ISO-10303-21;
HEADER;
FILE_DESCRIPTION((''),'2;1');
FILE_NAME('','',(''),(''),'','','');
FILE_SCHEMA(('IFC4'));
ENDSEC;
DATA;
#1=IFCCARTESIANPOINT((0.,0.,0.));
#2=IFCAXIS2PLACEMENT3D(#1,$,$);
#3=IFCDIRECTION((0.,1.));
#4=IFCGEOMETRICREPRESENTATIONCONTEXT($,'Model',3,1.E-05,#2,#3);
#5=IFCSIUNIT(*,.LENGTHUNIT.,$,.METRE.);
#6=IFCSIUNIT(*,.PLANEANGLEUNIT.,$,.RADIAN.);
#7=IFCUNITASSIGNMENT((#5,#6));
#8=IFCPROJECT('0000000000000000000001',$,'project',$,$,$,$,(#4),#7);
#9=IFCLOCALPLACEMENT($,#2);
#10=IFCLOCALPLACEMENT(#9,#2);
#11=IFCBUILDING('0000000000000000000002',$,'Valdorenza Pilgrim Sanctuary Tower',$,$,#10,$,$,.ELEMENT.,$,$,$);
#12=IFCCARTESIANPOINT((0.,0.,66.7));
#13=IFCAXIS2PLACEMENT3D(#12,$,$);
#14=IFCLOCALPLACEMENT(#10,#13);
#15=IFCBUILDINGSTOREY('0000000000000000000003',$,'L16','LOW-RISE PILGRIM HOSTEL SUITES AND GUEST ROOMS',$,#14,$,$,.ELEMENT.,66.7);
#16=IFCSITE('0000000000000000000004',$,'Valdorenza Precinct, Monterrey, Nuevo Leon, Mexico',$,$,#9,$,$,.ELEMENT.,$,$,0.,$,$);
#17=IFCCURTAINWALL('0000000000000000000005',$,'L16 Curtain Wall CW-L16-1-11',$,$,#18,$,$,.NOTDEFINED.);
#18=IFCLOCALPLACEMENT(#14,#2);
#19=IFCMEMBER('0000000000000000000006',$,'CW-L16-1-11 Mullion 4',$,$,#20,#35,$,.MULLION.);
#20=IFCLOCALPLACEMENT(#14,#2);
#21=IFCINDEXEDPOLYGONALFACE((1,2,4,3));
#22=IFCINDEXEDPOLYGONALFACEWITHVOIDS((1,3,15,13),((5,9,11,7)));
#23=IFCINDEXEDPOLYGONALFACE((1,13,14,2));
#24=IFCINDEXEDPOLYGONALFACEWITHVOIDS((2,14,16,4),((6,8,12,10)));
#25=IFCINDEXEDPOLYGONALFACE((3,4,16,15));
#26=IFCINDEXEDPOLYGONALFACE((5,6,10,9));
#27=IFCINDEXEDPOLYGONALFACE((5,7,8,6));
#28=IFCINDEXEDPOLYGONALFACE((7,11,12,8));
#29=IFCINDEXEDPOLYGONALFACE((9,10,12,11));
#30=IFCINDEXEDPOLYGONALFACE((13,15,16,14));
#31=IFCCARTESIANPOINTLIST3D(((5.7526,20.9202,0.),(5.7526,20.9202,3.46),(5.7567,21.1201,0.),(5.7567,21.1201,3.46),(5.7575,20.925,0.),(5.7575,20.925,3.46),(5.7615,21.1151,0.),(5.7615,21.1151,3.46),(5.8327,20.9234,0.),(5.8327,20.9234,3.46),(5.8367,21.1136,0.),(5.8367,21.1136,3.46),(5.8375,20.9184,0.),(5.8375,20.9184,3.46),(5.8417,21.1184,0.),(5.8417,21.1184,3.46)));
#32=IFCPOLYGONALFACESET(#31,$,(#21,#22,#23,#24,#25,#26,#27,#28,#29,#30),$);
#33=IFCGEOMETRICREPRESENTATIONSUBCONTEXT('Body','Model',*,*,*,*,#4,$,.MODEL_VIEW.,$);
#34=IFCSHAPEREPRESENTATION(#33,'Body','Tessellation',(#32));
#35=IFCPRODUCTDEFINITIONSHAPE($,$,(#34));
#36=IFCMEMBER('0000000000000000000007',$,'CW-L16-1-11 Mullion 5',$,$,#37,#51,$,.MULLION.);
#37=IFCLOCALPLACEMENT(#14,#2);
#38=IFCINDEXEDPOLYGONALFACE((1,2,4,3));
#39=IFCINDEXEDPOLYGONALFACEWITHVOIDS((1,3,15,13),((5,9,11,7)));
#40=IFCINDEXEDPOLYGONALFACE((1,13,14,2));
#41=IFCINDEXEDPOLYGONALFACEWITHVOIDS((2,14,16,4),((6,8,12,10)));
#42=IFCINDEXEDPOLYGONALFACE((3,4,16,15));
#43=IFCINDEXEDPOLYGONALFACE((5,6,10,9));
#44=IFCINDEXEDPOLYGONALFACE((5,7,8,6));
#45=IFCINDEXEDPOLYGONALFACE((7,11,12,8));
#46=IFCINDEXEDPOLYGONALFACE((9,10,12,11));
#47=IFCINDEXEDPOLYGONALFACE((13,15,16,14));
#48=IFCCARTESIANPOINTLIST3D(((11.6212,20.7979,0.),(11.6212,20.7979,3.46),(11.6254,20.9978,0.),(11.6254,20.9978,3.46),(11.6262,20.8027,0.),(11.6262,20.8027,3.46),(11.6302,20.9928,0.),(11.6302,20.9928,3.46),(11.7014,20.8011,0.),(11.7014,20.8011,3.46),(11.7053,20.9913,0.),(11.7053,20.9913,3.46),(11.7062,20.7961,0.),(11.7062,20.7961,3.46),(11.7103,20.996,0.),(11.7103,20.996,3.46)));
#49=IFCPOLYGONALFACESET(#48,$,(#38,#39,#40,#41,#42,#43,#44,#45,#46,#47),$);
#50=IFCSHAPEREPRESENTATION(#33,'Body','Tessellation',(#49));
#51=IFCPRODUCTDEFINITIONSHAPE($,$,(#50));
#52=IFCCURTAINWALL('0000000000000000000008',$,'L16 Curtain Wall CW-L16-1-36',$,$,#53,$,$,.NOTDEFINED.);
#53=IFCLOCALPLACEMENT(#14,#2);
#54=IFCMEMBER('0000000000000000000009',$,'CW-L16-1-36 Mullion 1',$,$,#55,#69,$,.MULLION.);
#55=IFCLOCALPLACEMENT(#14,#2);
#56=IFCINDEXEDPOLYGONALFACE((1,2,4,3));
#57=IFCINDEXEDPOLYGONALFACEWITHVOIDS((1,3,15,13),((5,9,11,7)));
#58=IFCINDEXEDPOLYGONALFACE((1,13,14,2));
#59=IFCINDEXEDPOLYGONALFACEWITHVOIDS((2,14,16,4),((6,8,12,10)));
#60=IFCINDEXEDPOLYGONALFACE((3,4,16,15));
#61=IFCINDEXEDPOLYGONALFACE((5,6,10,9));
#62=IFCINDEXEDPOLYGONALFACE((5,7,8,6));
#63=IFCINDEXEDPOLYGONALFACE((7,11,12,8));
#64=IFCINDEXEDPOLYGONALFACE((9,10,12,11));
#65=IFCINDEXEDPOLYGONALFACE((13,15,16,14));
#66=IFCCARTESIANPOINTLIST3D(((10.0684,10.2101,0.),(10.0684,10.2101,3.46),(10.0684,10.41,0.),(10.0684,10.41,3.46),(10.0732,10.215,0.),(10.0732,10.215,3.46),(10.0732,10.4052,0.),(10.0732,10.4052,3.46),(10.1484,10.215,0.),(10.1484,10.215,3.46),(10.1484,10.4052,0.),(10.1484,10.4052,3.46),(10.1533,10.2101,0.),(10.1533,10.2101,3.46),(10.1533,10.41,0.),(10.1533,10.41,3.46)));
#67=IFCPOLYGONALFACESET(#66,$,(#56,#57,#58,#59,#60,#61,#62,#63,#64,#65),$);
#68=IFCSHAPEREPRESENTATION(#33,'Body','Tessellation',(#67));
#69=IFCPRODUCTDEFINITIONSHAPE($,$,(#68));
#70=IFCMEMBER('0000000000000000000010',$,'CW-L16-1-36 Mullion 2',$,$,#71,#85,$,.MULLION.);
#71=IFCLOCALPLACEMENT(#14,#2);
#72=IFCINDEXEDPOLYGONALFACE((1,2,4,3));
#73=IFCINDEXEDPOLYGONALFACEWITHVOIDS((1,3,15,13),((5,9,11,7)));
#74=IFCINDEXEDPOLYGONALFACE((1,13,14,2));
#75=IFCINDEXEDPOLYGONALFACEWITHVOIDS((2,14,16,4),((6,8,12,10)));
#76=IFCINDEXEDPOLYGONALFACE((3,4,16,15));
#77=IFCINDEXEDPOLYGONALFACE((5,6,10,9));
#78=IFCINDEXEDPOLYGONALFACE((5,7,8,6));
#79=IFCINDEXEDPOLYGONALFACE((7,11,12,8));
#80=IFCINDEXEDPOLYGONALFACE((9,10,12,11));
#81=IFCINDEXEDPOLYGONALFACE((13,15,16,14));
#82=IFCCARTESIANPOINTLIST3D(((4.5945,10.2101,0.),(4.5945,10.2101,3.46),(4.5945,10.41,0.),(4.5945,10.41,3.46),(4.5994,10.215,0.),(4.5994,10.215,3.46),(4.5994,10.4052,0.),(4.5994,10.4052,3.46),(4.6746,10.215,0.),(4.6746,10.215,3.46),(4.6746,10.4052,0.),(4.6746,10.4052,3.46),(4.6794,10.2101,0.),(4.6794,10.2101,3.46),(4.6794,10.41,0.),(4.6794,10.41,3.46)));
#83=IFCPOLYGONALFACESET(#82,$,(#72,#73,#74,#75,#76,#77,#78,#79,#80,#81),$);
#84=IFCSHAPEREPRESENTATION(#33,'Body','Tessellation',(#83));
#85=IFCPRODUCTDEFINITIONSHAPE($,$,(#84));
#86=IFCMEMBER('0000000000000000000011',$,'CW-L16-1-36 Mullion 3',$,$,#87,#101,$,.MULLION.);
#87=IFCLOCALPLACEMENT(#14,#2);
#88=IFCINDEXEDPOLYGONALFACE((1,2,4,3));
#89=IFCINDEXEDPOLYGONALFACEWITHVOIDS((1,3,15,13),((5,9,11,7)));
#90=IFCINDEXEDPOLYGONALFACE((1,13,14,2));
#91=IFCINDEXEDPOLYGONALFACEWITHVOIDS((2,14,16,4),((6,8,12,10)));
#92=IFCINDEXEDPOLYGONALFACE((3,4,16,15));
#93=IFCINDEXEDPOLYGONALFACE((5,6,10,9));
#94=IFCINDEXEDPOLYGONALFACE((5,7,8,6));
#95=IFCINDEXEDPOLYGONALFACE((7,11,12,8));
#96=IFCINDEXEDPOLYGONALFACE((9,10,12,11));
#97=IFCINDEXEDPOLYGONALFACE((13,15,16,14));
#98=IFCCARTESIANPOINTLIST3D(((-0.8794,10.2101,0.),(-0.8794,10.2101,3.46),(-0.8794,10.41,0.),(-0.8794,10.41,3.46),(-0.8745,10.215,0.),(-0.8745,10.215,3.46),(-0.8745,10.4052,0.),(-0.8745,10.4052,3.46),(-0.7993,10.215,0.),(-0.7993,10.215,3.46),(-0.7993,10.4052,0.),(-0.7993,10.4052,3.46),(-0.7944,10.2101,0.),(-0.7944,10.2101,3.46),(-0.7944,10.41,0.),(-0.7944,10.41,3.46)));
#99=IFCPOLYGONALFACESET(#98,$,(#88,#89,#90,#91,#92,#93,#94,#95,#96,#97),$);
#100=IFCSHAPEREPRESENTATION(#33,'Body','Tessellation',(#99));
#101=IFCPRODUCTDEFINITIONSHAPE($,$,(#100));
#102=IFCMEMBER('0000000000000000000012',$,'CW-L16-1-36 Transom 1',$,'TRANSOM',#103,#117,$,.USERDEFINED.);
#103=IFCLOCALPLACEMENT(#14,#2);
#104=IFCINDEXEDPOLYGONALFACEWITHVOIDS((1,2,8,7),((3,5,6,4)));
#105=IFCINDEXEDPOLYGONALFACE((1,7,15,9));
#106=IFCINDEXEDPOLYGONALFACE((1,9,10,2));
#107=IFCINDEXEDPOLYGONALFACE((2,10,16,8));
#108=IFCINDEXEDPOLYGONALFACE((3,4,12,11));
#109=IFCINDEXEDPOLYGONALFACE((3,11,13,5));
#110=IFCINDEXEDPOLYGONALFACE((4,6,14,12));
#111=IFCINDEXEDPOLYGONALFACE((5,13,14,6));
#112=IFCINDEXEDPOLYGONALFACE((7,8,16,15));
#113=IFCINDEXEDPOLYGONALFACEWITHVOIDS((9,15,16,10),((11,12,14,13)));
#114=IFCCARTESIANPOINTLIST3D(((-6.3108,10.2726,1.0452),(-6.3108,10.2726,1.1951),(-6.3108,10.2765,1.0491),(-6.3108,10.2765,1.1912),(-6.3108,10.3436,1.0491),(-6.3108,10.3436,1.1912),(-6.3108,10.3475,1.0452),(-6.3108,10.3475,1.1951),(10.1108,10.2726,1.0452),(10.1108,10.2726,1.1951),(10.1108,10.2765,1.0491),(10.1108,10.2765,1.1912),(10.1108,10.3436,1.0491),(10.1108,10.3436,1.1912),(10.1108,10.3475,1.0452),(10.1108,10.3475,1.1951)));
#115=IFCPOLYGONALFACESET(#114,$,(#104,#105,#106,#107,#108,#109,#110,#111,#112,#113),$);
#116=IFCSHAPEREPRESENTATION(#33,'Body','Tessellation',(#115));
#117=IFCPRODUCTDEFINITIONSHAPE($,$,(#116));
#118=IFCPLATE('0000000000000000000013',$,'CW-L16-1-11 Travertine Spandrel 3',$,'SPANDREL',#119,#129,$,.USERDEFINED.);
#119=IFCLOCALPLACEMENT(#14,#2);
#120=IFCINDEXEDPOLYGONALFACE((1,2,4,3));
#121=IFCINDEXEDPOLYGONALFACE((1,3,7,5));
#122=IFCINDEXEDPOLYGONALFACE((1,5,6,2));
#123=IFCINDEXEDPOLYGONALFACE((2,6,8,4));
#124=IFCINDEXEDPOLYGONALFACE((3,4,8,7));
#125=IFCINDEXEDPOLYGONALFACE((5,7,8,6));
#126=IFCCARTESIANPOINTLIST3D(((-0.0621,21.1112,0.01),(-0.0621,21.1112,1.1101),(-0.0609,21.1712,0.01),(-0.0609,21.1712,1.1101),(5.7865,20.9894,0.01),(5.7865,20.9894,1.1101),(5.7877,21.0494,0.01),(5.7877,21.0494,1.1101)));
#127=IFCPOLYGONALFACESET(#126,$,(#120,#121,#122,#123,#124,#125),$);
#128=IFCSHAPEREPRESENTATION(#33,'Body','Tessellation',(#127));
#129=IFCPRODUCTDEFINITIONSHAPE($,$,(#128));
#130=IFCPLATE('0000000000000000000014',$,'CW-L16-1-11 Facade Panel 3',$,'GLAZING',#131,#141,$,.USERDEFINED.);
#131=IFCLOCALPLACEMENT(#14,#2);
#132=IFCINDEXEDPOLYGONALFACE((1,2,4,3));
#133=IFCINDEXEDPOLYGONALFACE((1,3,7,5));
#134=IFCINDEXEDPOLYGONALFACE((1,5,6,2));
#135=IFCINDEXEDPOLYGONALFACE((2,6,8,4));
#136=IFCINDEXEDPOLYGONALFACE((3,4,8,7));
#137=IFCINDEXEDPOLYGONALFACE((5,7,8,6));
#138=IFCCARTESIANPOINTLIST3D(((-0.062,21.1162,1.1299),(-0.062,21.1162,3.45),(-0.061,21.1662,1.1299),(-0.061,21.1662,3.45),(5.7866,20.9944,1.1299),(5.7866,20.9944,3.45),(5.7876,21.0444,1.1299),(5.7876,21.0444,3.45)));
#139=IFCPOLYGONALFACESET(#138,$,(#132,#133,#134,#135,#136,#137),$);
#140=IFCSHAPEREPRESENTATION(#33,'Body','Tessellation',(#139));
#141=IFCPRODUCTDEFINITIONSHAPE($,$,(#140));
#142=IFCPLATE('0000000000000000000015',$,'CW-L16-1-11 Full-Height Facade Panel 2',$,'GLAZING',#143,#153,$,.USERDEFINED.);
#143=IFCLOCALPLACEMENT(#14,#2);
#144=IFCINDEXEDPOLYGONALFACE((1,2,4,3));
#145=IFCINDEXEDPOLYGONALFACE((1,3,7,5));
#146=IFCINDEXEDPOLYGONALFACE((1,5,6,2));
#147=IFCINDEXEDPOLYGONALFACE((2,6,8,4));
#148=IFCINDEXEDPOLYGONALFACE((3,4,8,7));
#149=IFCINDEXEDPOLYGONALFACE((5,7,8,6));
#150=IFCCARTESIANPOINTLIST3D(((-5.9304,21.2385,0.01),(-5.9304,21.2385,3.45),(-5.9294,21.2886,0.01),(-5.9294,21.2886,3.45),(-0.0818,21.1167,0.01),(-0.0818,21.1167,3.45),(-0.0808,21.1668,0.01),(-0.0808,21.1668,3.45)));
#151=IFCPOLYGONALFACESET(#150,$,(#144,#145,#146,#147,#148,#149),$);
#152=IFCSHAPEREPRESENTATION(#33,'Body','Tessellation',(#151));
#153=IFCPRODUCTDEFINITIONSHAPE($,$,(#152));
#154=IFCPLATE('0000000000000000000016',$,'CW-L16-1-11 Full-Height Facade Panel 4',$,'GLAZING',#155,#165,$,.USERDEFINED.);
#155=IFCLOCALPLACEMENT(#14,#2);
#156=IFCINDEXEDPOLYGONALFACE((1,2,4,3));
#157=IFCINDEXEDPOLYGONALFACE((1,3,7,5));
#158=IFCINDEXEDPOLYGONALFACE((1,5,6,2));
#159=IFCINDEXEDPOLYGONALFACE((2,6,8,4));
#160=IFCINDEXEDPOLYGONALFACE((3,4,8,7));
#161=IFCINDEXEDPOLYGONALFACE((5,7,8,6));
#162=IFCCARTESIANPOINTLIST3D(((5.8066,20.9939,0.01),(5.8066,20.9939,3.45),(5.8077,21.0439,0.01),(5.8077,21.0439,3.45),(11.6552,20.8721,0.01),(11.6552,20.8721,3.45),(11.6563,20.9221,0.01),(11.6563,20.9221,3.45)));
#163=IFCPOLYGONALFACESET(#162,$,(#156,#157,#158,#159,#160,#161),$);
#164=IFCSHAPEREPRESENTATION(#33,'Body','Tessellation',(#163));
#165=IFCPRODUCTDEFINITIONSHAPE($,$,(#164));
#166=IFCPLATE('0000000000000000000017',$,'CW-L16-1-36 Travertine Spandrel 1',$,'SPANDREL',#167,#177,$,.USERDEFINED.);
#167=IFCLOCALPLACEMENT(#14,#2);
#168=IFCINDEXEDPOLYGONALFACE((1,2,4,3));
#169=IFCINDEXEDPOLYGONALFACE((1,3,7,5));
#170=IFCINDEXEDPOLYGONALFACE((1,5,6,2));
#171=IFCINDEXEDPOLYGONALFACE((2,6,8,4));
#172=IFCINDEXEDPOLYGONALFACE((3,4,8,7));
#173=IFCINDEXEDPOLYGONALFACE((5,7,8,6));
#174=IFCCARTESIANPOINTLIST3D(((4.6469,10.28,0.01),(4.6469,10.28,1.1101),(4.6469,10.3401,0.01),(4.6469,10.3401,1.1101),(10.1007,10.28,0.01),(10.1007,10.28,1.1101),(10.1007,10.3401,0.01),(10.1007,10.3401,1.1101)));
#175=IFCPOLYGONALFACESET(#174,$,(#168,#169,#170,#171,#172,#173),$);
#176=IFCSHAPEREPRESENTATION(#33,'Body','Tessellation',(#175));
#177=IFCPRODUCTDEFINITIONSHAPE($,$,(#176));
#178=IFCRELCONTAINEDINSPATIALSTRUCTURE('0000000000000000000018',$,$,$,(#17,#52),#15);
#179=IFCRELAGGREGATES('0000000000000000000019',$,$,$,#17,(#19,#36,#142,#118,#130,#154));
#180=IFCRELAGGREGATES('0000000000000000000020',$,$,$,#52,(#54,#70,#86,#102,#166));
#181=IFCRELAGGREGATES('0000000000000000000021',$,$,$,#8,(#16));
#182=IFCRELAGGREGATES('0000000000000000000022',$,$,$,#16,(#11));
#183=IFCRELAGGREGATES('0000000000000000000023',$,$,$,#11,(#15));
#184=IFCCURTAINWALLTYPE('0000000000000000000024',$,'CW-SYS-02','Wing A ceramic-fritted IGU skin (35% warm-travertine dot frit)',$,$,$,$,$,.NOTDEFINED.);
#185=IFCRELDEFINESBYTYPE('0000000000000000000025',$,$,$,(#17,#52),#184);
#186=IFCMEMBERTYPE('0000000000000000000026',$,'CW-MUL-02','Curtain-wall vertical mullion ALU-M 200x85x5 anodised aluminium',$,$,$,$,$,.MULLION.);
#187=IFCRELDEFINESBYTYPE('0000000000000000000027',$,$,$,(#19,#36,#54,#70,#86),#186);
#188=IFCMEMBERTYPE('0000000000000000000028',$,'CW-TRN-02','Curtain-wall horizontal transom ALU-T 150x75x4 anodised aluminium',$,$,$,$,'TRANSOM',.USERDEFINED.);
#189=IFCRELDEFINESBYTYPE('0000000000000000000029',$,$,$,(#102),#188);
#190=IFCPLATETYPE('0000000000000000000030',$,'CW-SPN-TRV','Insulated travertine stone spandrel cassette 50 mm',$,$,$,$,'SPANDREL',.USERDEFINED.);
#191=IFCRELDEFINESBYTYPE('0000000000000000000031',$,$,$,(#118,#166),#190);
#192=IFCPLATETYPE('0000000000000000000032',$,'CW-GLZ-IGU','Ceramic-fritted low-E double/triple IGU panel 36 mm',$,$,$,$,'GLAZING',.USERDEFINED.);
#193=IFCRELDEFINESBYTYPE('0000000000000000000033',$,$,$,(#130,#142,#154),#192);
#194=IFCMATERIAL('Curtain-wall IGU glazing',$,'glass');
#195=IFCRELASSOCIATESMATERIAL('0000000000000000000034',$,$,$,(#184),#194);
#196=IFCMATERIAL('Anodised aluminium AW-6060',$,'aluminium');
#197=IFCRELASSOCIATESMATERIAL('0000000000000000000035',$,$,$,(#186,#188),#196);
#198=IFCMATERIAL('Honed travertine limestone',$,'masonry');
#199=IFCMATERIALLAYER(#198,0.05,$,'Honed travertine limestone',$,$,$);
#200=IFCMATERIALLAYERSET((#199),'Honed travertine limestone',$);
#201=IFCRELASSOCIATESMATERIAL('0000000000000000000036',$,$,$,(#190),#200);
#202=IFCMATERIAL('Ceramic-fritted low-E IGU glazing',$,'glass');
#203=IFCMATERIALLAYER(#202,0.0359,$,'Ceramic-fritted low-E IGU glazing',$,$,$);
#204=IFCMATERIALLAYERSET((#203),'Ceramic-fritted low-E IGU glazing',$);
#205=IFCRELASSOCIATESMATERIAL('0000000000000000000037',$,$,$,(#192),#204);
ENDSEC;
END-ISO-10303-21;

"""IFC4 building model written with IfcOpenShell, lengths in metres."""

from ifc_helpers import new_model, si_unit, direction, frame, origin, origin_2d, place, context, subcontext, project, spatial, rectangle, hollow_rectangle, extrude, source, transform, mapped, material, layer, layer_set, material_profile, profile_set, type_object, element, aggregate, save


model = new_model("IFC4")

# Units and contexts
model_context = context("Model", 3, precision=1e-05, world=origin(), true_north=direction((0.0, 1.0)))
body_context = subcontext(model_context, "Body", "Model", "MODEL_VIEW")
ifc_project = project(units=[si_unit("LENGTHUNIT", "METRE"), si_unit("PLANEANGLEUNIT", "RADIAN")], contexts=[model_context])

# Site, building, storey
site_placement = place(None, origin())
site = spatial("IfcSite", under=ifc_project, at=site_placement, Name="Valdorenza Precinct, Monterrey, Nuevo Leon, Mexico", CompositionType="ELEMENT", RefElevation=0.0)
building_placement = place(site_placement, origin())
building = spatial("IfcBuilding", under=site, at=building_placement, Name="Valdorenza Pilgrim Sanctuary Tower", CompositionType="ELEMENT")
storey_placement = place(building_placement, frame((0.0, 0.0, 66.7)))
storey = spatial("IfcBuildingStorey", under=building, at=storey_placement, Name="L16", Description="LOW-RISE PILGRIM HOSTEL SUITES AND GUEST ROOMS", CompositionType="ELEMENT", Elevation=66.7)

# Curtain walls, members
ifc_material_1 = material(Name="Curtain-wall IGU glazing", Category="glass")
curtain_wall_type = type_object("IfcCurtainWallType", Name="CW-SYS-02", Description="Wing A ceramic-fritted IGU skin (35% warm-travertine dot frit)", PredefinedType="NOTDEFINED", material=ifc_material_1)
curtain_wall_1_placement = place(storey_placement, origin())
curtain_wall_1 = element("IfcCurtainWall", 1, at=curtain_wall_1_placement, inside=storey, type_object=curtain_wall_type, Name="L16 Curtain Wall CW-L16-1-11", PredefinedType="NOTDEFINED")
ifc_material_2 = material(Name="Anodised aluminium AW-6060", Category="aluminium")
ifc_material_profile_1 = material_profile(ifc_material_2, hollow_rectangle(XDim=0.085, YDim=0.2, WallThickness=0.0049, at=origin_2d()), Name="ALU-M 200x85x5")
ifc_profile_set_1 = profile_set([ifc_material_profile_1], Name="Anodised aluminium AW-6060")
member_type_1 = type_object("IfcMemberType", Name="CW-MUL-02", Description="Curtain-wall vertical mullion ALU-M 200x85x5 anodised aluminium", PredefinedType="MULLION", material=ifc_profile_set_1)
shared_shape_1 = source(origin(), body_context, "Body", "SweptSolid", [
    extrude(hollow_rectangle(XDim=0.085, YDim=0.2, WallThickness=0.0049, at=origin_2d()), origin(), (0.0, 0.0, 1.0), 3.46),
])
member_1_placement = place(storey_placement, frame((5.7971, 21.0193, 0.0), z_axis=(0.0, 0.0, 1.0), x_axis=(0.999783, -0.02082, 0.0)))
member_1 = element("IfcMember", 2, at=member_1_placement, type_object=member_type_1, Name="CW-L16-1-11 Mullion 4", PredefinedType="MULLION", context=body_context, shape_type="MappedRepresentation", body=[
    mapped(shared_shape_1, transform((0.0, 0.0, 0.0), x_axis=(1.0, 0.0, 0.0), y_axis=(0.0, 1.0, 0.0), z_axis=(0.0, 0.0, 1.0), scale=1.0)),
])
member_2_placement = place(storey_placement, frame((11.6658, 20.897, 0.0), z_axis=(0.0, 0.0, 1.0), x_axis=(0.999783, -0.02082, 0.0)))
member_2 = element("IfcMember", 3, at=member_2_placement, type_object=member_type_1, Name="CW-L16-1-11 Mullion 5", PredefinedType="MULLION", context=body_context, shape_type="MappedRepresentation", body=[
    mapped(shared_shape_1, transform((0.0, 0.0, 0.0), x_axis=(1.0, 0.0, 0.0), y_axis=(0.0, 1.0, 0.0), z_axis=(0.0, 0.0, 1.0), scale=1.0)),
])
curtain_wall_2_placement = place(storey_placement, origin())
curtain_wall_2 = element("IfcCurtainWall", 4, at=curtain_wall_2_placement, inside=storey, type_object=curtain_wall_type, Name="L16 Curtain Wall CW-L16-1-36", PredefinedType="NOTDEFINED")
member_3_placement = place(storey_placement, frame((10.1108, 10.3101, 0.0), z_axis=(0.0, 0.0, 1.0), x_axis=(-1.0, 0.0, 0.0)))
member_3 = element("IfcMember", 5, at=member_3_placement, type_object=member_type_1, Name="CW-L16-1-36 Mullion 1", PredefinedType="MULLION", context=body_context, shape_type="MappedRepresentation", body=[
    mapped(shared_shape_1, transform((0.0, 0.0, 0.0), x_axis=(1.0, 0.0, 0.0), y_axis=(0.0, 1.0, 0.0), z_axis=(0.0, 0.0, 1.0), scale=1.0)),
])
member_4_placement = place(storey_placement, frame((4.637, 10.3101, 0.0), z_axis=(0.0, 0.0, 1.0), x_axis=(-1.0, 0.0, 0.0)))
member_4 = element("IfcMember", 6, at=member_4_placement, type_object=member_type_1, Name="CW-L16-1-36 Mullion 2", PredefinedType="MULLION", context=body_context, shape_type="MappedRepresentation", body=[
    mapped(shared_shape_1, transform((0.0, 0.0, 0.0), x_axis=(1.0, 0.0, 0.0), y_axis=(0.0, 1.0, 0.0), z_axis=(0.0, 0.0, 1.0), scale=1.0)),
])
member_5_placement = place(storey_placement, frame((-0.8369, 10.3101, 0.0), z_axis=(0.0, 0.0, 1.0), x_axis=(-1.0, 0.0, 0.0)))
member_5 = element("IfcMember", 7, at=member_5_placement, type_object=member_type_1, Name="CW-L16-1-36 Mullion 3", PredefinedType="MULLION", context=body_context, shape_type="MappedRepresentation", body=[
    mapped(shared_shape_1, transform((0.0, 0.0, 0.0), x_axis=(1.0, 0.0, 0.0), y_axis=(0.0, 1.0, 0.0), z_axis=(0.0, 0.0, 1.0), scale=1.0)),
])
ifc_material_profile_2 = material_profile(ifc_material_2, hollow_rectangle(XDim=0.075, YDim=0.1499, WallThickness=0.0039, at=origin_2d()), Name="ALU-T 150x75x4")
ifc_profile_set_2 = profile_set([ifc_material_profile_2], Name="Anodised aluminium AW-6060")
member_type_2 = type_object("IfcMemberType", Name="CW-TRN-02", Description="Curtain-wall horizontal transom ALU-T 150x75x4 anodised aluminium", ElementType="TRANSOM", PredefinedType="USERDEFINED", material=ifc_profile_set_2)
shared_shape_2 = source(origin(), body_context, "Body", "SweptSolid", [
    extrude(hollow_rectangle(XDim=0.075, YDim=0.1499, WallThickness=0.0039, at=origin_2d()), origin(), (0.0, 0.0, 1.0), 16.4216),
])
member_6_placement = place(storey_placement, frame((10.1108, 10.3101, 1.1201), z_axis=(-1.0, 0.0, 0.0), x_axis=(0.0, -1.0, 0.0)))
member_6 = element("IfcMember", 8, at=member_6_placement, type_object=member_type_2, Name="CW-L16-1-36 Transom 1", ObjectType="TRANSOM", PredefinedType="USERDEFINED", context=body_context, shape_type="MappedRepresentation", body=[
    mapped(shared_shape_2, transform((0.0, 0.0, 0.0), x_axis=(1.0, 0.0, 0.0), y_axis=(0.0, 1.0, 0.0), z_axis=(0.0, 0.0, 1.0), scale=1.0)),
])

# Plates
ifc_material_3 = material(Name="Honed travertine limestone", Category="masonry")
ifc_layer_1 = layer(ifc_material_3, 0.05, Name="Honed travertine limestone")
ifc_layer_set_1 = layer_set([ifc_layer_1], Name="Honed travertine limestone")
plate_type_1 = type_object("IfcPlateType", Name="CW-SPN-TRV", Description="Insulated travertine stone spandrel cassette 50 mm", ElementType="SPANDREL", PredefinedType="USERDEFINED", material=ifc_layer_set_1)
shared_shape_3 = source(origin(), body_context, "Body", "SweptSolid", [
    extrude(rectangle(XDim=5.8499, YDim=0.0601, at=origin_2d()), origin(), (0.0, 0.0, 1.0), 1.1001),
])
plate_1_placement = place(storey_placement, frame((2.8628, 21.0803, 0.01), z_axis=(0.0, 0.0, 1.0), x_axis=(0.999783, -0.02082, 0.0)))
plate_1 = element("IfcPlate", 9, at=plate_1_placement, type_object=plate_type_1, Name="CW-L16-1-11 Travertine Spandrel 3", ObjectType="SPANDREL", PredefinedType="USERDEFINED", context=body_context, shape_type="MappedRepresentation", body=[
    mapped(shared_shape_3, transform((0.0, 0.0, 0.0), x_axis=(1.0, 0.0, 0.0), y_axis=(0.0, 1.0, 0.0), z_axis=(0.0, 0.0, 1.0), scale=1.0)),
])
ifc_material_4 = material(Name="Ceramic-fritted low-E IGU glazing", Category="glass")
ifc_layer_2 = layer(ifc_material_4, 0.0359, Name="Ceramic-fritted low-E IGU glazing")
ifc_layer_set_2 = layer_set([ifc_layer_2], Name="Ceramic-fritted low-E IGU glazing")
plate_type_2 = type_object("IfcPlateType", Name="CW-GLZ-IGU", Description="Ceramic-fritted low-E double/triple IGU panel 36 mm", ElementType="GLAZING", PredefinedType="USERDEFINED", material=ifc_layer_set_2)
shared_shape_4 = source(origin(), body_context, "Body", "SweptSolid", [
    extrude(rectangle(XDim=5.8499, YDim=0.05, at=origin_2d()), origin(), (0.0, 0.0, 1.0), 2.3201),
])
plate_2_placement = place(storey_placement, frame((2.8628, 21.0803, 1.1299), z_axis=(0.0, 0.0, 1.0), x_axis=(0.999783, -0.02082, 0.0)))
plate_2 = element("IfcPlate", 10, at=plate_2_placement, type_object=plate_type_2, Name="CW-L16-1-11 Facade Panel 3", ObjectType="GLAZING", PredefinedType="USERDEFINED", context=body_context, shape_type="MappedRepresentation", body=[
    mapped(shared_shape_4, transform((0.0, 0.0, 0.0), x_axis=(1.0, 0.0, 0.0), y_axis=(0.0, 1.0, 0.0), z_axis=(0.0, 0.0, 1.0), scale=1.0)),
])
shared_shape_5 = source(origin(), body_context, "Body", "SweptSolid", [
    extrude(rectangle(XDim=5.8499, YDim=0.05, at=origin_2d()), origin(), (0.0, 0.0, 1.0), 3.4399),
])
plate_3_placement = place(storey_placement, frame((-3.0056, 21.2026, 0.01), z_axis=(0.0, 0.0, 1.0), x_axis=(0.999783, -0.02082, 0.0)))
plate_3 = element("IfcPlate", 11, at=plate_3_placement, type_object=plate_type_2, Name="CW-L16-1-11 Full-Height Facade Panel 2", ObjectType="GLAZING", PredefinedType="USERDEFINED", context=body_context, shape_type="MappedRepresentation", body=[
    mapped(shared_shape_5, transform((0.0, 0.0, 0.0), x_axis=(1.0, 0.0, 0.0), y_axis=(0.0, 1.0, 0.0), z_axis=(0.0, 0.0, 1.0), scale=1.0)),
])
plate_4_placement = place(storey_placement, frame((8.7314, 20.958, 0.01), z_axis=(0.0, 0.0, 1.0), x_axis=(0.999783, -0.02082, 0.0)))
plate_4 = element("IfcPlate", 12, at=plate_4_placement, type_object=plate_type_2, Name="CW-L16-1-11 Full-Height Facade Panel 4", ObjectType="GLAZING", PredefinedType="USERDEFINED", context=body_context, shape_type="MappedRepresentation", body=[
    mapped(shared_shape_5, transform((0.0, 0.0, 0.0), x_axis=(1.0, 0.0, 0.0), y_axis=(0.0, 1.0, 0.0), z_axis=(0.0, 0.0, 1.0), scale=1.0)),
])
aggregate(curtain_wall_1, [member_1, member_2, plate_3, plate_1, plate_2, plate_4])
shared_shape_6 = source(origin(), body_context, "Body", "SweptSolid", [
    extrude(rectangle(XDim=5.4539, YDim=0.0601, at=origin_2d()), origin(), (0.0, 0.0, 1.0), 1.1001),
])
plate_5_placement = place(storey_placement, frame((7.3738, 10.3101, 0.01), z_axis=(0.0, 0.0, 1.0), x_axis=(-1.0, 0.0, 0.0)))
plate_5 = element("IfcPlate", 13, at=plate_5_placement, type_object=plate_type_1, Name="CW-L16-1-36 Travertine Spandrel 1", ObjectType="SPANDREL", PredefinedType="USERDEFINED", context=body_context, shape_type="MappedRepresentation", body=[
    mapped(shared_shape_6, transform((0.0, 0.0, 0.0), x_axis=(1.0, 0.0, 0.0), y_axis=(0.0, 1.0, 0.0), z_axis=(0.0, 0.0, 1.0), scale=1.0)),
])
aggregate(curtain_wall_2, [member_3, member_4, member_5, member_6, plate_5])

save(model, "model.ifc")
